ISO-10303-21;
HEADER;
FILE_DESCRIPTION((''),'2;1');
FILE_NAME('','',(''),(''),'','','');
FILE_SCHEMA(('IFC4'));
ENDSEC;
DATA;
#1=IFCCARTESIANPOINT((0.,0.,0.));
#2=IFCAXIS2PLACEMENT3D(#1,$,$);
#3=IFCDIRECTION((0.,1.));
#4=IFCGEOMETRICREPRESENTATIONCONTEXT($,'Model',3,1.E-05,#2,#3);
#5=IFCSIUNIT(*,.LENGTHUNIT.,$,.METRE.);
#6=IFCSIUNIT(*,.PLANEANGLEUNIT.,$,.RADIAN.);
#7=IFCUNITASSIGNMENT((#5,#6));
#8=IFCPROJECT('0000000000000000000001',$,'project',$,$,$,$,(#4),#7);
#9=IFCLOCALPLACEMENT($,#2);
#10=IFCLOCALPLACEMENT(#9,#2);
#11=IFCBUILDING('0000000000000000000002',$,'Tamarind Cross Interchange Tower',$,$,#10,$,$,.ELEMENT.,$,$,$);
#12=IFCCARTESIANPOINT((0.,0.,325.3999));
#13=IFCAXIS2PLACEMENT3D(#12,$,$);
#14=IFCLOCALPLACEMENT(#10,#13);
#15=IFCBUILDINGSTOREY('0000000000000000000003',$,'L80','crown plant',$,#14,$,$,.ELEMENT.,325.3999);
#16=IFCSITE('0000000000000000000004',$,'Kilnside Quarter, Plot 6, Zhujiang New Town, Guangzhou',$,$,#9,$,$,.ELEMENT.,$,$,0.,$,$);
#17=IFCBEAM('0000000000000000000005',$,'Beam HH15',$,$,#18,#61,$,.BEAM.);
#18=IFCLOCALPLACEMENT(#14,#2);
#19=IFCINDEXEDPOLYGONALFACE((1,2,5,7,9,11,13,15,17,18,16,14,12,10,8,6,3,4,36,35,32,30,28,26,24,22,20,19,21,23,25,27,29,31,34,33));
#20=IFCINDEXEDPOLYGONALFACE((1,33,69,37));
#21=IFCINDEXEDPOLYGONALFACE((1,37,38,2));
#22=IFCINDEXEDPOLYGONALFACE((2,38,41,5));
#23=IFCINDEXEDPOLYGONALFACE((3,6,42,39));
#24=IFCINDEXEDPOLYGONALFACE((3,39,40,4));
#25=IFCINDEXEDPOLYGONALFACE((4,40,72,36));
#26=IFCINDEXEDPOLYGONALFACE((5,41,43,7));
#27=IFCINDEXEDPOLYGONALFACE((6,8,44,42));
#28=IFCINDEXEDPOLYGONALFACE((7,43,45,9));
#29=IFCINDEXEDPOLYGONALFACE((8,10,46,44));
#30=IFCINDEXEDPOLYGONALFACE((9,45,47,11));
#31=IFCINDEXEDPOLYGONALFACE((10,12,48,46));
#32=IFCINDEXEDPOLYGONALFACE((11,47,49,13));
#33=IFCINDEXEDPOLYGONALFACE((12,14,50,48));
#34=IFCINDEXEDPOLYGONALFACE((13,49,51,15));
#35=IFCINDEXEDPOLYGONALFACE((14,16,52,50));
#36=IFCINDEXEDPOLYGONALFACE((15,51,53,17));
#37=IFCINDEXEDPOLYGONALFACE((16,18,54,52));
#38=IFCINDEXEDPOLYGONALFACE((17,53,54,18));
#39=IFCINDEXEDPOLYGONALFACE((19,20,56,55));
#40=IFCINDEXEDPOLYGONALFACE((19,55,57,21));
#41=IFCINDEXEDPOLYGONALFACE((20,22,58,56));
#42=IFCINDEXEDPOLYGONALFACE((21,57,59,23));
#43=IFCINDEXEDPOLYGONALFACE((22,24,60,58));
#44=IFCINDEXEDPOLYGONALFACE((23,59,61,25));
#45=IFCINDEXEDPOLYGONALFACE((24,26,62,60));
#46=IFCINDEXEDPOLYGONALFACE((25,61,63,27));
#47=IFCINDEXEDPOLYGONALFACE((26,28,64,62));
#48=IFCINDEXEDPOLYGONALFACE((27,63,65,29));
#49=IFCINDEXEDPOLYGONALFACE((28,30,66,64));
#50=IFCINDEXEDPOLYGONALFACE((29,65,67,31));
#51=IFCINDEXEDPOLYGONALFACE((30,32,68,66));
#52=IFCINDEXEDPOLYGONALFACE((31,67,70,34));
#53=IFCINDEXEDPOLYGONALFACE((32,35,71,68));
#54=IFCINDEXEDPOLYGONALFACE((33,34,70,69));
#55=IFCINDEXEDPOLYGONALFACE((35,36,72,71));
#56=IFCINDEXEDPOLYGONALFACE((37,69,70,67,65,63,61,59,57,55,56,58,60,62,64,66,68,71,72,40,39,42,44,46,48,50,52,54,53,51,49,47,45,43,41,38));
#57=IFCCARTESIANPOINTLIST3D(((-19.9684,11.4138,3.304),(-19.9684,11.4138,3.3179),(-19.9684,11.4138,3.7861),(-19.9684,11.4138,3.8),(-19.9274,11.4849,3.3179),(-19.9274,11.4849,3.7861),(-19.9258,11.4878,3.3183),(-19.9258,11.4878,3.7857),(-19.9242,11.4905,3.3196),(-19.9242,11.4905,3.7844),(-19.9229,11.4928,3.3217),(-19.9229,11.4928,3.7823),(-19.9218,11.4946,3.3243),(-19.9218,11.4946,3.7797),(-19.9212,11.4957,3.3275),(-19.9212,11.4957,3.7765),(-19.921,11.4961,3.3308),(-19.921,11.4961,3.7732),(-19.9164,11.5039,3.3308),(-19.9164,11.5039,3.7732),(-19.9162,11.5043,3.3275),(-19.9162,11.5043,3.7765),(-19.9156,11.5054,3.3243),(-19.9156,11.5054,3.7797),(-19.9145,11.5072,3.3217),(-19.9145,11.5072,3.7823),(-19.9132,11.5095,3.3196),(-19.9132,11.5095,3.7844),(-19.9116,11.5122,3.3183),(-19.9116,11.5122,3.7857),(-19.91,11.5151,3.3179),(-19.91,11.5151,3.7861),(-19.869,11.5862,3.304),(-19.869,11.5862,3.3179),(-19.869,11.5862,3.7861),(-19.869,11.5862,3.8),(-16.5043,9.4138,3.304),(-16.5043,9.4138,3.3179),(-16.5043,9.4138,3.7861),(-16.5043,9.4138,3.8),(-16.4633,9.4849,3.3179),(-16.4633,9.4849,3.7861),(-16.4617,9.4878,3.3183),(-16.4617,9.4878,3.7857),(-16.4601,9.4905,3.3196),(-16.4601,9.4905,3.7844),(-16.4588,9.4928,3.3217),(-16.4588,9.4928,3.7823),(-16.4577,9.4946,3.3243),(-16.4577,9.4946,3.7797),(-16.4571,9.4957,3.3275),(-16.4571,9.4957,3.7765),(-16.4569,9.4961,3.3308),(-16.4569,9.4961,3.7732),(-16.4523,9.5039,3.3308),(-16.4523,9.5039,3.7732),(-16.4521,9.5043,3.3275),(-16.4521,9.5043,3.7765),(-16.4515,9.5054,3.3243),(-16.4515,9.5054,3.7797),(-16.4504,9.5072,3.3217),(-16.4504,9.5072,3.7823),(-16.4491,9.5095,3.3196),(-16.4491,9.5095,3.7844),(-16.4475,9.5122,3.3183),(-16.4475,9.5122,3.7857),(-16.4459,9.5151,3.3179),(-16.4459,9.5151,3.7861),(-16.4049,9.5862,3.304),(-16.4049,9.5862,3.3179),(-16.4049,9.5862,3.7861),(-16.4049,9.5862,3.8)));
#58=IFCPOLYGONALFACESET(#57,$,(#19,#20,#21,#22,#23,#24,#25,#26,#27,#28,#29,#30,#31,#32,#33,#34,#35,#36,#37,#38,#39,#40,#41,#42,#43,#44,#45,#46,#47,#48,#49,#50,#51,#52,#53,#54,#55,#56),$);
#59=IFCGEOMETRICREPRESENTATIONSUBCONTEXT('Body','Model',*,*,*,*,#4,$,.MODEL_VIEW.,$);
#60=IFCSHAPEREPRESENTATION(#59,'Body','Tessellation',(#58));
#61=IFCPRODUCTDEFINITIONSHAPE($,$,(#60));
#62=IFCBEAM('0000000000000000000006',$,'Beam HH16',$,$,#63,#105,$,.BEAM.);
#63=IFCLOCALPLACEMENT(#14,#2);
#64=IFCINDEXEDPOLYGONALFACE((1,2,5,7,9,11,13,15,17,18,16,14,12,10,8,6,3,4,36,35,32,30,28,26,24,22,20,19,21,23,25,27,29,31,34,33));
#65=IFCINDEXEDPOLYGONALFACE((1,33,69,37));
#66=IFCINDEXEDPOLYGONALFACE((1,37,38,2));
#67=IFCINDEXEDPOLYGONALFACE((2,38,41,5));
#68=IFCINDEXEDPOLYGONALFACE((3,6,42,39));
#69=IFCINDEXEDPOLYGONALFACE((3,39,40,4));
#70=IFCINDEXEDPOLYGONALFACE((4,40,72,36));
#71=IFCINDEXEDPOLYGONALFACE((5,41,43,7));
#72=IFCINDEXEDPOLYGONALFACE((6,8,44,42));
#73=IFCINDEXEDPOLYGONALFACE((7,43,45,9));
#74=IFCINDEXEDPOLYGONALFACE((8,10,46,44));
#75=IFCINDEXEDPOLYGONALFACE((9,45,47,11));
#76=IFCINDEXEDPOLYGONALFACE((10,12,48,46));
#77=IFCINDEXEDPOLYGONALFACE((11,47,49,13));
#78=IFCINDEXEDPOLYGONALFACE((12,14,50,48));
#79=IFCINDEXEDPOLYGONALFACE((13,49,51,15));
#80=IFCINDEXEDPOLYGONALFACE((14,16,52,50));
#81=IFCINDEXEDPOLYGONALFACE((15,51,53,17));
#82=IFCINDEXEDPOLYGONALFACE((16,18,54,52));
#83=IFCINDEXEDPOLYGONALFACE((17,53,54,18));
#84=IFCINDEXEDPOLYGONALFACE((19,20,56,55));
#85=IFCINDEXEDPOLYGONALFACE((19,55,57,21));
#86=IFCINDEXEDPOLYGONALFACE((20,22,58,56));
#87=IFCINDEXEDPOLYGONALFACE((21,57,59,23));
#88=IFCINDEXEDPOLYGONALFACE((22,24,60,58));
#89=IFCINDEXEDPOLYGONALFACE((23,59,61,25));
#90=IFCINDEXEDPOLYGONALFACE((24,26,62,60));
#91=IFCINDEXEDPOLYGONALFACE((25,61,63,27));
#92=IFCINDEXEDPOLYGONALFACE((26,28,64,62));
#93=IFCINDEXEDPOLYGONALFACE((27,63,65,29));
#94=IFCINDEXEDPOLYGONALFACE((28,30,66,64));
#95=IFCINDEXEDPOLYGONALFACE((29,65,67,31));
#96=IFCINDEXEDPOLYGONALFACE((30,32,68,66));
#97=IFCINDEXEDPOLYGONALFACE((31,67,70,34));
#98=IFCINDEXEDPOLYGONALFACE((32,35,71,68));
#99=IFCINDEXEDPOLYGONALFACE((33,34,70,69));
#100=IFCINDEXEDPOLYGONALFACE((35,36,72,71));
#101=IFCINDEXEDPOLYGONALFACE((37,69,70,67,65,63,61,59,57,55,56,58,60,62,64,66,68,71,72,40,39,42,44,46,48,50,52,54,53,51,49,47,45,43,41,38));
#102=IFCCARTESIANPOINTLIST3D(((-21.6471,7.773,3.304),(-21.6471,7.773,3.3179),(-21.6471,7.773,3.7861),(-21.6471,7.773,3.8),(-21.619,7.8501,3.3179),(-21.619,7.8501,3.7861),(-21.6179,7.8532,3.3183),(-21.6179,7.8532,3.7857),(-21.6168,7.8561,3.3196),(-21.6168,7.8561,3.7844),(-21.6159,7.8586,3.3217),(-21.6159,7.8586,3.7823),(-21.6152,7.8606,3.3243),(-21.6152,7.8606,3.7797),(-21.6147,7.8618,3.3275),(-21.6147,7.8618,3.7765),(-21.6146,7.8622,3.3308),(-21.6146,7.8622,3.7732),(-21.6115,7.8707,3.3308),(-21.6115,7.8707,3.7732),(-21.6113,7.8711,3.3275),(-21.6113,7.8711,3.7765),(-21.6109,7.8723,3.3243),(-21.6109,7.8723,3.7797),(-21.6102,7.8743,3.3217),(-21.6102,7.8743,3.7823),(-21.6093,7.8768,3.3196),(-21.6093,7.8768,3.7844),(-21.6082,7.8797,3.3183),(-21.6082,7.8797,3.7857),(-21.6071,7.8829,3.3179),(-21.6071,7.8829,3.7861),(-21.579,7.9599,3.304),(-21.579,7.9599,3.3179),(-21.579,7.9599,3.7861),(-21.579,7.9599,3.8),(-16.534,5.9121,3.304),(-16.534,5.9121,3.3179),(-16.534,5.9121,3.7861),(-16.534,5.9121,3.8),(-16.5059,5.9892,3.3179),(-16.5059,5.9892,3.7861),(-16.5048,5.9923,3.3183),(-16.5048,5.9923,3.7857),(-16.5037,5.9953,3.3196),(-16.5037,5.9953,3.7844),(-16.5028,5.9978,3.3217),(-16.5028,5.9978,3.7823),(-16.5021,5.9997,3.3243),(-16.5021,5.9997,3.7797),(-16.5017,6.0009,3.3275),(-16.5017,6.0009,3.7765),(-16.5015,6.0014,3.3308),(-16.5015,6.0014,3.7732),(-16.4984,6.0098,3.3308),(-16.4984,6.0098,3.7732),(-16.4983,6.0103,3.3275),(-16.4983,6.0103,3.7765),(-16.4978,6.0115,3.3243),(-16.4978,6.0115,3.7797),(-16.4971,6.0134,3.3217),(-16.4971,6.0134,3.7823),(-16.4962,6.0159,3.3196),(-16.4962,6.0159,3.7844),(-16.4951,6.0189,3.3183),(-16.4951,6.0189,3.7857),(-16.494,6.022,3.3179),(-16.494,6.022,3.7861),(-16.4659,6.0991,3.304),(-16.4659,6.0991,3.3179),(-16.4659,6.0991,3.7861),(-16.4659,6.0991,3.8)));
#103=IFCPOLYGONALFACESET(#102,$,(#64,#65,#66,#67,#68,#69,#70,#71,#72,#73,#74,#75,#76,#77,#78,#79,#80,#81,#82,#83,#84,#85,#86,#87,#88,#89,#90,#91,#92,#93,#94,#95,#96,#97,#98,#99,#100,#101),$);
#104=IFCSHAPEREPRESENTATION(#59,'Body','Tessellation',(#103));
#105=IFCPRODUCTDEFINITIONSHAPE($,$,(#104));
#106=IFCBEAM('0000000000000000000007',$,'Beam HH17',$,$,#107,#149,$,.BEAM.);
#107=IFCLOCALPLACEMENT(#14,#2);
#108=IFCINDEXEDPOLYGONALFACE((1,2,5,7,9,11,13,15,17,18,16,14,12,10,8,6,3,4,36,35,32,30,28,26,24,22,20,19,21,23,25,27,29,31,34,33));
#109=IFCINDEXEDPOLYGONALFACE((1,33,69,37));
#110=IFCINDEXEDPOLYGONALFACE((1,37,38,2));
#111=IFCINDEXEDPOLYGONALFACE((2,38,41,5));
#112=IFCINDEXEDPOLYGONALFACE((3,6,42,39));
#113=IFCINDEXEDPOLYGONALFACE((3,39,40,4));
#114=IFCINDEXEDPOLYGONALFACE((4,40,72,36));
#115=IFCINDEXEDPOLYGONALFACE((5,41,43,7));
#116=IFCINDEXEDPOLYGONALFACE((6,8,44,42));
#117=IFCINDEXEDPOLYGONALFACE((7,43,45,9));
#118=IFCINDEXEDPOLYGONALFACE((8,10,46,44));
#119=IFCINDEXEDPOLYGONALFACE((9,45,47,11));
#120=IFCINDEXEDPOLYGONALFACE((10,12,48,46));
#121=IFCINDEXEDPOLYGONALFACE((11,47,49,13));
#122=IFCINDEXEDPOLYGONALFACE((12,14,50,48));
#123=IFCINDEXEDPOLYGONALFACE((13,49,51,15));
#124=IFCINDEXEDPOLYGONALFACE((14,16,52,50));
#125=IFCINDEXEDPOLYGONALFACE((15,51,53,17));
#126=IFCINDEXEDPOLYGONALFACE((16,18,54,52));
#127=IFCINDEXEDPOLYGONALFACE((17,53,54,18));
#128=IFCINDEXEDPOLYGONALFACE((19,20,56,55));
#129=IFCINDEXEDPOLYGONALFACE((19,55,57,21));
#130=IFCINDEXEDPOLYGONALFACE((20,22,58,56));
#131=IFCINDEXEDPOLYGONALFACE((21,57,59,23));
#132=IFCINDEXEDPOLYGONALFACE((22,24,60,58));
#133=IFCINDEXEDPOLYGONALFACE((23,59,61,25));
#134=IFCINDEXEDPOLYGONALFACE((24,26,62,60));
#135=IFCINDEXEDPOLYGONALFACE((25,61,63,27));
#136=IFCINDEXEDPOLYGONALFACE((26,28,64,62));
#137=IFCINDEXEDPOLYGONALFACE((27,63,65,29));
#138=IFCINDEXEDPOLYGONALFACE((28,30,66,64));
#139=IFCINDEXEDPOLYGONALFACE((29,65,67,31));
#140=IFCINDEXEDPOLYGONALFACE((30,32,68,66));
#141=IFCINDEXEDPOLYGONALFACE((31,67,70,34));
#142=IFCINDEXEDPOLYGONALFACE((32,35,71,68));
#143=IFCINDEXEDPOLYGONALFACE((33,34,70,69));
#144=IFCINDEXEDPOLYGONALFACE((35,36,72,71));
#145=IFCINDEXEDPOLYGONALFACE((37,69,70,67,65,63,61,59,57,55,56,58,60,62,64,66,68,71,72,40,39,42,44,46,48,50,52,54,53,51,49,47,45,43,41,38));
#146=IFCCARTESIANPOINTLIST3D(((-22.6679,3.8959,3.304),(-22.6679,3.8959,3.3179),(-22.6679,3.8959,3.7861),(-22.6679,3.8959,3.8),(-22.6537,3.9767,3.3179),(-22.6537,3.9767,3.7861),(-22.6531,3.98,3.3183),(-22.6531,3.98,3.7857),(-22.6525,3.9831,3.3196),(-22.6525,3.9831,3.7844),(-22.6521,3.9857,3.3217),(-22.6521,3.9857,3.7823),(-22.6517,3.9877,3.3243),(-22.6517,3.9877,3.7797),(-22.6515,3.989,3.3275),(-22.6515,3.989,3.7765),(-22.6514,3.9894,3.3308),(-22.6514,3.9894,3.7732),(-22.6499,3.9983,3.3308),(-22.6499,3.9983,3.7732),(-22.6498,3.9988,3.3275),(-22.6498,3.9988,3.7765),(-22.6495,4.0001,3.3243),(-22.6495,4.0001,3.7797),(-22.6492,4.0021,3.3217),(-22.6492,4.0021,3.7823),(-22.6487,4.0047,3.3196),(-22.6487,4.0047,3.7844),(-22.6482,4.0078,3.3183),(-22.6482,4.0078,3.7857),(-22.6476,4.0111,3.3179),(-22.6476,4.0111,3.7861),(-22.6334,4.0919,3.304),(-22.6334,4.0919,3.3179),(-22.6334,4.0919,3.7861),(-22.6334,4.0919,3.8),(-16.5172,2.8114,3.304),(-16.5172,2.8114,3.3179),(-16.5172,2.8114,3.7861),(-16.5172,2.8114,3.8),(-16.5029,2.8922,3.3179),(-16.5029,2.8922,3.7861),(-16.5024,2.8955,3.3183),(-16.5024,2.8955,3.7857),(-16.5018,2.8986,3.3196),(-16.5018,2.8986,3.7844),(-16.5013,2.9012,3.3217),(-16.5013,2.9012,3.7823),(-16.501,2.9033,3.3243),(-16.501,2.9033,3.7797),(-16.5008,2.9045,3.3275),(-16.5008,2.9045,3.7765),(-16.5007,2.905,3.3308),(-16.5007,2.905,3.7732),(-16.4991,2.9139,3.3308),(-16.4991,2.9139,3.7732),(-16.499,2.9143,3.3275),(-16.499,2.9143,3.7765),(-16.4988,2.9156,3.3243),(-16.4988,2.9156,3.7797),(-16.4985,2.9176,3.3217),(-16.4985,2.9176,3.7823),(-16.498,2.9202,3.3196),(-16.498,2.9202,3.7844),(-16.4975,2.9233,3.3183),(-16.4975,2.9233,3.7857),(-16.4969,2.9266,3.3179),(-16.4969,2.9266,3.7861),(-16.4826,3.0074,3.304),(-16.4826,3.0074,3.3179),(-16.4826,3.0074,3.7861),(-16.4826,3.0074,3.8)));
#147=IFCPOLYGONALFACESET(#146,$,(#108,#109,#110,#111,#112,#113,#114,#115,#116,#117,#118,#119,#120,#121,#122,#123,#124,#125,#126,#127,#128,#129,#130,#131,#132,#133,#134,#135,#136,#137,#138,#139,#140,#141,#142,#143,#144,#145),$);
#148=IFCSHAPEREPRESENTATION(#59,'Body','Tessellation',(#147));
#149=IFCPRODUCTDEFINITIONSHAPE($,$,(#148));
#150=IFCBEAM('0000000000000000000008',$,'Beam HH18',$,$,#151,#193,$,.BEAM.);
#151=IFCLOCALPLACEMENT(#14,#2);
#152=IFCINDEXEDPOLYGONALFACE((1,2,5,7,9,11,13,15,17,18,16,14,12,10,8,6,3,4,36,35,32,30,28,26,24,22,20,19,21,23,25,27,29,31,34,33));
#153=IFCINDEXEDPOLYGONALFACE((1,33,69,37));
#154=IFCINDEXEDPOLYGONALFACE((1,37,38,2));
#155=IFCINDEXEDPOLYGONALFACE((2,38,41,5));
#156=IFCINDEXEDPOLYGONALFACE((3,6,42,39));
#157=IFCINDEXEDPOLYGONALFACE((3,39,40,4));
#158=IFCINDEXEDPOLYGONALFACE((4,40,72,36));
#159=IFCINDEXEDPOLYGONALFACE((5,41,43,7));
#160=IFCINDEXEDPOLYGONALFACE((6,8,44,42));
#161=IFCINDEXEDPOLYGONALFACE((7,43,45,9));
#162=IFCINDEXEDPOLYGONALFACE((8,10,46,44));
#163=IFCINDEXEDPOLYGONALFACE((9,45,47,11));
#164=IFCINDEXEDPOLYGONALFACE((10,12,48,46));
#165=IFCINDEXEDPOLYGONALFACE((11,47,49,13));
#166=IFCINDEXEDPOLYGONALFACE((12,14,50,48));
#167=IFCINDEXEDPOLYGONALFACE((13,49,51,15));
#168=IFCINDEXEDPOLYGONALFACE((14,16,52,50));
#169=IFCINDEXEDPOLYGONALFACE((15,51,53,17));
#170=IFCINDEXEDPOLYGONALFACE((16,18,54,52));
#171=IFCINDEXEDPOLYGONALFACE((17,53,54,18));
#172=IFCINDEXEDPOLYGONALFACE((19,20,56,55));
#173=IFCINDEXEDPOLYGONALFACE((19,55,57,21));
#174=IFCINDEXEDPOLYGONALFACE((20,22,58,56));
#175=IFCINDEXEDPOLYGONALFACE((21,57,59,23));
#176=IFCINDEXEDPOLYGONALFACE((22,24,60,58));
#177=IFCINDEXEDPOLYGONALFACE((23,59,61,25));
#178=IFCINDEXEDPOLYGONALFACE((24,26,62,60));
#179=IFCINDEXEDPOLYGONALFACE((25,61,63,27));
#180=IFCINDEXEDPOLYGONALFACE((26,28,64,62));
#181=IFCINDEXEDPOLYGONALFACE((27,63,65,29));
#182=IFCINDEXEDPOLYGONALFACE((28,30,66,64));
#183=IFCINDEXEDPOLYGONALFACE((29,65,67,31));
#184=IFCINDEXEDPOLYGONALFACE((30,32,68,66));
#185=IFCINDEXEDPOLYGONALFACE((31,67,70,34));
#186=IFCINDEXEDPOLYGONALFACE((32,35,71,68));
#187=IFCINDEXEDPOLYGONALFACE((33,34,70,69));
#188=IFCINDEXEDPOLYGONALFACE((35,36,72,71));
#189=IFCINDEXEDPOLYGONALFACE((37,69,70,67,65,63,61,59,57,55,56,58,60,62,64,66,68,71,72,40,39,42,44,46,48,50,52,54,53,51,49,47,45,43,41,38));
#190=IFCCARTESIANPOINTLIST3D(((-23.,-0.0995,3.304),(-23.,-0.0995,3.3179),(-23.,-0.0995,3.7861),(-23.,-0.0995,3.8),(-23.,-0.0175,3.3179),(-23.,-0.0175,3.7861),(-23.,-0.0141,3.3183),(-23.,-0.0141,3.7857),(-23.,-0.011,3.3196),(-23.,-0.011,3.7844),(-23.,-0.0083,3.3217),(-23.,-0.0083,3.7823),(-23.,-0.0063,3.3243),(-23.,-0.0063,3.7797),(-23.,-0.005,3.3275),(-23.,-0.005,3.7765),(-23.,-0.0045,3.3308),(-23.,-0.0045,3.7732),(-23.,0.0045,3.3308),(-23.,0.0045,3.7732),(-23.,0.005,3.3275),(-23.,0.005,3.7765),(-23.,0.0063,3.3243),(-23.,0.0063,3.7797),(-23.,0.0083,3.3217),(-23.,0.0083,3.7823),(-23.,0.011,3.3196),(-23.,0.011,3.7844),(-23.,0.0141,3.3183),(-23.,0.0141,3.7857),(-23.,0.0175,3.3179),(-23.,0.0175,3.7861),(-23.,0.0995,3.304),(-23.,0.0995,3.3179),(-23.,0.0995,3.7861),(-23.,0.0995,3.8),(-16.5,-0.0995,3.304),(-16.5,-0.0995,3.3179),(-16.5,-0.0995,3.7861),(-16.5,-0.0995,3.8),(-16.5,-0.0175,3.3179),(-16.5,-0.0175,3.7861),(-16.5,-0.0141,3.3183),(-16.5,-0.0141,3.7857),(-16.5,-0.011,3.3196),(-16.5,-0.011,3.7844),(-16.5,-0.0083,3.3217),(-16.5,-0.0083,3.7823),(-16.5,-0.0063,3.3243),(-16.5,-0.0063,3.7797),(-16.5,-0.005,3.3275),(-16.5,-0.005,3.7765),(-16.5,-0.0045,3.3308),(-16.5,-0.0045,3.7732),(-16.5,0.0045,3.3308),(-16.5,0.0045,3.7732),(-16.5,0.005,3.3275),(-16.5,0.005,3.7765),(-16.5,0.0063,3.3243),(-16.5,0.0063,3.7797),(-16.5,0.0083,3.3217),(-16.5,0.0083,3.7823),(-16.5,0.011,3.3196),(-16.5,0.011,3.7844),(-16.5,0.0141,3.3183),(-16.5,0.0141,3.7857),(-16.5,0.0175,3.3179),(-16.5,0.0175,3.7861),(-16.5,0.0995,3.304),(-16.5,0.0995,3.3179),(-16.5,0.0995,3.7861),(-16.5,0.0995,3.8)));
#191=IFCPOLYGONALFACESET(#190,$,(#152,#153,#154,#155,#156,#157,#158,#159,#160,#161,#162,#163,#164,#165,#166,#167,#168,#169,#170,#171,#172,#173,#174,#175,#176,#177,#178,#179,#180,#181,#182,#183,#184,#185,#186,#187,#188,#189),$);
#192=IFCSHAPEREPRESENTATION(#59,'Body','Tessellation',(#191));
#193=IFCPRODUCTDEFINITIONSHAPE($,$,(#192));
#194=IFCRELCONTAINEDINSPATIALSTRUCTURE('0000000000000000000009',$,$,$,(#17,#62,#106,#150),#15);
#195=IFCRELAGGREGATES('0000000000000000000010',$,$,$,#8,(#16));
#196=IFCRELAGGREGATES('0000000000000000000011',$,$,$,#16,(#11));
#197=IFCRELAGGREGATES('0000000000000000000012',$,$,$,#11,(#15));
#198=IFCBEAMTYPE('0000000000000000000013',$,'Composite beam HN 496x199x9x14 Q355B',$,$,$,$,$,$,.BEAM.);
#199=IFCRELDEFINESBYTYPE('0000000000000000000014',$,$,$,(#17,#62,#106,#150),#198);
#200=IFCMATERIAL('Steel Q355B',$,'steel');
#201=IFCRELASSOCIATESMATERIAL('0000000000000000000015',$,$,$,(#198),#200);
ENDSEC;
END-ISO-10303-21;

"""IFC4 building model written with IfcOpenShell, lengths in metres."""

from ifc_helpers import new_model, si_unit, direction, frame, origin, origin_2d, place, context, subcontext, project, spatial, i_section, extrude, material, material_profile, profile_set, type_object, element, save


model = new_model("IFC4")

# Units and contexts
model_context = context("Model", 3, precision=1e-05, world=origin(), true_north=direction((0.0, 1.0)))
body_context = subcontext(model_context, "Body", "Model", "MODEL_VIEW")
ifc_project = project(units=[si_unit("LENGTHUNIT", "METRE"), si_unit("PLANEANGLEUNIT", "RADIAN")], contexts=[model_context])

# Site, building, storey
site_placement = place(None, origin())
site = spatial("IfcSite", under=ifc_project, at=site_placement, Name="Kilnside Quarter, Plot 6, Zhujiang New Town, Guangzhou", CompositionType="ELEMENT", RefElevation=0.0)
building_placement = place(site_placement, origin())
building = spatial("IfcBuilding", under=site, at=building_placement, Name="Tamarind Cross Interchange Tower", CompositionType="ELEMENT")
storey_placement = place(building_placement, frame((0.0, 0.0, 325.3999)))
storey = spatial("IfcBuildingStorey", under=building, at=storey_placement, Name="L80", Description="crown plant", CompositionType="ELEMENT", Elevation=325.3999)

# Beams
ifc_material_1 = material(Name="Steel Q355B", Category="steel")
ifc_material_profile_1 = material_profile(ifc_material_1, i_section(OverallWidth=0.199, OverallDepth=0.4961, WebThickness=0.009, FlangeThickness=0.0139, FilletRadius=0.0129, at=origin_2d()), Name="HN 496x199x9x14")
ifc_profile_set_1 = profile_set([ifc_material_profile_1], Name="Steel Q355B")
beam_type_1 = type_object("IfcBeamType", Name="Composite beam HN 496x199x9x14 Q355B", PredefinedType="BEAM", material=ifc_profile_set_1)
beam_1_placement = place(storey_placement, frame((-19.9187, 11.5, 3.552), z_axis=(0.866026, -0.499999, 0.0), x_axis=(0.499999, 0.866026, 0.0)))
element("IfcBeam", 1, at=beam_1_placement, inside=storey, type_object=beam_type_1, Name="Beam HH15", PredefinedType="BEAM", context=body_context, shape_type="SweptSolid", body=[
    extrude(i_section(OverallWidth=0.199, OverallDepth=0.4961, WebThickness=0.009, FlangeThickness=0.0139, FilletRadius=0.0129, at=origin_2d()), origin(), (0.0, 0.0, 1.0), 4.0),
])
beam_2_placement = place(storey_placement, frame((-21.613, 7.8665, 3.552), z_axis=(0.939702, -0.341995, 0.0), x_axis=(0.341995, 0.939702, 0.0)))
element("IfcBeam", 2, at=beam_2_placement, inside=storey, type_object=beam_type_1, Name="Beam HH16", PredefinedType="BEAM", context=body_context, shape_type="SweptSolid", body=[
    extrude(i_section(OverallWidth=0.199, OverallDepth=0.4961, WebThickness=0.009, FlangeThickness=0.0139, FilletRadius=0.0129, at=origin_2d()), origin(), (0.0, 0.0, 1.0), 5.4412),
])
beam_3_placement = place(storey_placement, frame((-22.6506, 3.9939, 3.552), z_axis=(0.984809, -0.17364, 0.0), x_axis=(0.17364, 0.984809, 0.0)))
element("IfcBeam", 3, at=beam_3_placement, inside=storey, type_object=beam_type_1, Name="Beam HH17", PredefinedType="BEAM", context=body_context, shape_type="SweptSolid", body=[
    extrude(i_section(OverallWidth=0.199, OverallDepth=0.4961, WebThickness=0.009, FlangeThickness=0.0139, FilletRadius=0.0129, at=origin_2d()), origin(), (0.0, 0.0, 1.0), 6.2456),
])
beam_4_placement = place(storey_placement, frame((-23.0, 0.0, 3.552), z_axis=(1.0, 0.0, 0.0), x_axis=(0.0, 1.0, 0.0)))
element("IfcBeam", 4, at=beam_4_placement, inside=storey, type_object=beam_type_1, Name="Beam HH18", PredefinedType="BEAM", context=body_context, shape_type="SweptSolid", body=[
    extrude(i_section(OverallWidth=0.199, OverallDepth=0.4961, WebThickness=0.009, FlangeThickness=0.0139, FilletRadius=0.0129, at=origin_2d()), origin(), (0.0, 0.0, 1.0), 6.5),
])

save(model, "model.ifc")
